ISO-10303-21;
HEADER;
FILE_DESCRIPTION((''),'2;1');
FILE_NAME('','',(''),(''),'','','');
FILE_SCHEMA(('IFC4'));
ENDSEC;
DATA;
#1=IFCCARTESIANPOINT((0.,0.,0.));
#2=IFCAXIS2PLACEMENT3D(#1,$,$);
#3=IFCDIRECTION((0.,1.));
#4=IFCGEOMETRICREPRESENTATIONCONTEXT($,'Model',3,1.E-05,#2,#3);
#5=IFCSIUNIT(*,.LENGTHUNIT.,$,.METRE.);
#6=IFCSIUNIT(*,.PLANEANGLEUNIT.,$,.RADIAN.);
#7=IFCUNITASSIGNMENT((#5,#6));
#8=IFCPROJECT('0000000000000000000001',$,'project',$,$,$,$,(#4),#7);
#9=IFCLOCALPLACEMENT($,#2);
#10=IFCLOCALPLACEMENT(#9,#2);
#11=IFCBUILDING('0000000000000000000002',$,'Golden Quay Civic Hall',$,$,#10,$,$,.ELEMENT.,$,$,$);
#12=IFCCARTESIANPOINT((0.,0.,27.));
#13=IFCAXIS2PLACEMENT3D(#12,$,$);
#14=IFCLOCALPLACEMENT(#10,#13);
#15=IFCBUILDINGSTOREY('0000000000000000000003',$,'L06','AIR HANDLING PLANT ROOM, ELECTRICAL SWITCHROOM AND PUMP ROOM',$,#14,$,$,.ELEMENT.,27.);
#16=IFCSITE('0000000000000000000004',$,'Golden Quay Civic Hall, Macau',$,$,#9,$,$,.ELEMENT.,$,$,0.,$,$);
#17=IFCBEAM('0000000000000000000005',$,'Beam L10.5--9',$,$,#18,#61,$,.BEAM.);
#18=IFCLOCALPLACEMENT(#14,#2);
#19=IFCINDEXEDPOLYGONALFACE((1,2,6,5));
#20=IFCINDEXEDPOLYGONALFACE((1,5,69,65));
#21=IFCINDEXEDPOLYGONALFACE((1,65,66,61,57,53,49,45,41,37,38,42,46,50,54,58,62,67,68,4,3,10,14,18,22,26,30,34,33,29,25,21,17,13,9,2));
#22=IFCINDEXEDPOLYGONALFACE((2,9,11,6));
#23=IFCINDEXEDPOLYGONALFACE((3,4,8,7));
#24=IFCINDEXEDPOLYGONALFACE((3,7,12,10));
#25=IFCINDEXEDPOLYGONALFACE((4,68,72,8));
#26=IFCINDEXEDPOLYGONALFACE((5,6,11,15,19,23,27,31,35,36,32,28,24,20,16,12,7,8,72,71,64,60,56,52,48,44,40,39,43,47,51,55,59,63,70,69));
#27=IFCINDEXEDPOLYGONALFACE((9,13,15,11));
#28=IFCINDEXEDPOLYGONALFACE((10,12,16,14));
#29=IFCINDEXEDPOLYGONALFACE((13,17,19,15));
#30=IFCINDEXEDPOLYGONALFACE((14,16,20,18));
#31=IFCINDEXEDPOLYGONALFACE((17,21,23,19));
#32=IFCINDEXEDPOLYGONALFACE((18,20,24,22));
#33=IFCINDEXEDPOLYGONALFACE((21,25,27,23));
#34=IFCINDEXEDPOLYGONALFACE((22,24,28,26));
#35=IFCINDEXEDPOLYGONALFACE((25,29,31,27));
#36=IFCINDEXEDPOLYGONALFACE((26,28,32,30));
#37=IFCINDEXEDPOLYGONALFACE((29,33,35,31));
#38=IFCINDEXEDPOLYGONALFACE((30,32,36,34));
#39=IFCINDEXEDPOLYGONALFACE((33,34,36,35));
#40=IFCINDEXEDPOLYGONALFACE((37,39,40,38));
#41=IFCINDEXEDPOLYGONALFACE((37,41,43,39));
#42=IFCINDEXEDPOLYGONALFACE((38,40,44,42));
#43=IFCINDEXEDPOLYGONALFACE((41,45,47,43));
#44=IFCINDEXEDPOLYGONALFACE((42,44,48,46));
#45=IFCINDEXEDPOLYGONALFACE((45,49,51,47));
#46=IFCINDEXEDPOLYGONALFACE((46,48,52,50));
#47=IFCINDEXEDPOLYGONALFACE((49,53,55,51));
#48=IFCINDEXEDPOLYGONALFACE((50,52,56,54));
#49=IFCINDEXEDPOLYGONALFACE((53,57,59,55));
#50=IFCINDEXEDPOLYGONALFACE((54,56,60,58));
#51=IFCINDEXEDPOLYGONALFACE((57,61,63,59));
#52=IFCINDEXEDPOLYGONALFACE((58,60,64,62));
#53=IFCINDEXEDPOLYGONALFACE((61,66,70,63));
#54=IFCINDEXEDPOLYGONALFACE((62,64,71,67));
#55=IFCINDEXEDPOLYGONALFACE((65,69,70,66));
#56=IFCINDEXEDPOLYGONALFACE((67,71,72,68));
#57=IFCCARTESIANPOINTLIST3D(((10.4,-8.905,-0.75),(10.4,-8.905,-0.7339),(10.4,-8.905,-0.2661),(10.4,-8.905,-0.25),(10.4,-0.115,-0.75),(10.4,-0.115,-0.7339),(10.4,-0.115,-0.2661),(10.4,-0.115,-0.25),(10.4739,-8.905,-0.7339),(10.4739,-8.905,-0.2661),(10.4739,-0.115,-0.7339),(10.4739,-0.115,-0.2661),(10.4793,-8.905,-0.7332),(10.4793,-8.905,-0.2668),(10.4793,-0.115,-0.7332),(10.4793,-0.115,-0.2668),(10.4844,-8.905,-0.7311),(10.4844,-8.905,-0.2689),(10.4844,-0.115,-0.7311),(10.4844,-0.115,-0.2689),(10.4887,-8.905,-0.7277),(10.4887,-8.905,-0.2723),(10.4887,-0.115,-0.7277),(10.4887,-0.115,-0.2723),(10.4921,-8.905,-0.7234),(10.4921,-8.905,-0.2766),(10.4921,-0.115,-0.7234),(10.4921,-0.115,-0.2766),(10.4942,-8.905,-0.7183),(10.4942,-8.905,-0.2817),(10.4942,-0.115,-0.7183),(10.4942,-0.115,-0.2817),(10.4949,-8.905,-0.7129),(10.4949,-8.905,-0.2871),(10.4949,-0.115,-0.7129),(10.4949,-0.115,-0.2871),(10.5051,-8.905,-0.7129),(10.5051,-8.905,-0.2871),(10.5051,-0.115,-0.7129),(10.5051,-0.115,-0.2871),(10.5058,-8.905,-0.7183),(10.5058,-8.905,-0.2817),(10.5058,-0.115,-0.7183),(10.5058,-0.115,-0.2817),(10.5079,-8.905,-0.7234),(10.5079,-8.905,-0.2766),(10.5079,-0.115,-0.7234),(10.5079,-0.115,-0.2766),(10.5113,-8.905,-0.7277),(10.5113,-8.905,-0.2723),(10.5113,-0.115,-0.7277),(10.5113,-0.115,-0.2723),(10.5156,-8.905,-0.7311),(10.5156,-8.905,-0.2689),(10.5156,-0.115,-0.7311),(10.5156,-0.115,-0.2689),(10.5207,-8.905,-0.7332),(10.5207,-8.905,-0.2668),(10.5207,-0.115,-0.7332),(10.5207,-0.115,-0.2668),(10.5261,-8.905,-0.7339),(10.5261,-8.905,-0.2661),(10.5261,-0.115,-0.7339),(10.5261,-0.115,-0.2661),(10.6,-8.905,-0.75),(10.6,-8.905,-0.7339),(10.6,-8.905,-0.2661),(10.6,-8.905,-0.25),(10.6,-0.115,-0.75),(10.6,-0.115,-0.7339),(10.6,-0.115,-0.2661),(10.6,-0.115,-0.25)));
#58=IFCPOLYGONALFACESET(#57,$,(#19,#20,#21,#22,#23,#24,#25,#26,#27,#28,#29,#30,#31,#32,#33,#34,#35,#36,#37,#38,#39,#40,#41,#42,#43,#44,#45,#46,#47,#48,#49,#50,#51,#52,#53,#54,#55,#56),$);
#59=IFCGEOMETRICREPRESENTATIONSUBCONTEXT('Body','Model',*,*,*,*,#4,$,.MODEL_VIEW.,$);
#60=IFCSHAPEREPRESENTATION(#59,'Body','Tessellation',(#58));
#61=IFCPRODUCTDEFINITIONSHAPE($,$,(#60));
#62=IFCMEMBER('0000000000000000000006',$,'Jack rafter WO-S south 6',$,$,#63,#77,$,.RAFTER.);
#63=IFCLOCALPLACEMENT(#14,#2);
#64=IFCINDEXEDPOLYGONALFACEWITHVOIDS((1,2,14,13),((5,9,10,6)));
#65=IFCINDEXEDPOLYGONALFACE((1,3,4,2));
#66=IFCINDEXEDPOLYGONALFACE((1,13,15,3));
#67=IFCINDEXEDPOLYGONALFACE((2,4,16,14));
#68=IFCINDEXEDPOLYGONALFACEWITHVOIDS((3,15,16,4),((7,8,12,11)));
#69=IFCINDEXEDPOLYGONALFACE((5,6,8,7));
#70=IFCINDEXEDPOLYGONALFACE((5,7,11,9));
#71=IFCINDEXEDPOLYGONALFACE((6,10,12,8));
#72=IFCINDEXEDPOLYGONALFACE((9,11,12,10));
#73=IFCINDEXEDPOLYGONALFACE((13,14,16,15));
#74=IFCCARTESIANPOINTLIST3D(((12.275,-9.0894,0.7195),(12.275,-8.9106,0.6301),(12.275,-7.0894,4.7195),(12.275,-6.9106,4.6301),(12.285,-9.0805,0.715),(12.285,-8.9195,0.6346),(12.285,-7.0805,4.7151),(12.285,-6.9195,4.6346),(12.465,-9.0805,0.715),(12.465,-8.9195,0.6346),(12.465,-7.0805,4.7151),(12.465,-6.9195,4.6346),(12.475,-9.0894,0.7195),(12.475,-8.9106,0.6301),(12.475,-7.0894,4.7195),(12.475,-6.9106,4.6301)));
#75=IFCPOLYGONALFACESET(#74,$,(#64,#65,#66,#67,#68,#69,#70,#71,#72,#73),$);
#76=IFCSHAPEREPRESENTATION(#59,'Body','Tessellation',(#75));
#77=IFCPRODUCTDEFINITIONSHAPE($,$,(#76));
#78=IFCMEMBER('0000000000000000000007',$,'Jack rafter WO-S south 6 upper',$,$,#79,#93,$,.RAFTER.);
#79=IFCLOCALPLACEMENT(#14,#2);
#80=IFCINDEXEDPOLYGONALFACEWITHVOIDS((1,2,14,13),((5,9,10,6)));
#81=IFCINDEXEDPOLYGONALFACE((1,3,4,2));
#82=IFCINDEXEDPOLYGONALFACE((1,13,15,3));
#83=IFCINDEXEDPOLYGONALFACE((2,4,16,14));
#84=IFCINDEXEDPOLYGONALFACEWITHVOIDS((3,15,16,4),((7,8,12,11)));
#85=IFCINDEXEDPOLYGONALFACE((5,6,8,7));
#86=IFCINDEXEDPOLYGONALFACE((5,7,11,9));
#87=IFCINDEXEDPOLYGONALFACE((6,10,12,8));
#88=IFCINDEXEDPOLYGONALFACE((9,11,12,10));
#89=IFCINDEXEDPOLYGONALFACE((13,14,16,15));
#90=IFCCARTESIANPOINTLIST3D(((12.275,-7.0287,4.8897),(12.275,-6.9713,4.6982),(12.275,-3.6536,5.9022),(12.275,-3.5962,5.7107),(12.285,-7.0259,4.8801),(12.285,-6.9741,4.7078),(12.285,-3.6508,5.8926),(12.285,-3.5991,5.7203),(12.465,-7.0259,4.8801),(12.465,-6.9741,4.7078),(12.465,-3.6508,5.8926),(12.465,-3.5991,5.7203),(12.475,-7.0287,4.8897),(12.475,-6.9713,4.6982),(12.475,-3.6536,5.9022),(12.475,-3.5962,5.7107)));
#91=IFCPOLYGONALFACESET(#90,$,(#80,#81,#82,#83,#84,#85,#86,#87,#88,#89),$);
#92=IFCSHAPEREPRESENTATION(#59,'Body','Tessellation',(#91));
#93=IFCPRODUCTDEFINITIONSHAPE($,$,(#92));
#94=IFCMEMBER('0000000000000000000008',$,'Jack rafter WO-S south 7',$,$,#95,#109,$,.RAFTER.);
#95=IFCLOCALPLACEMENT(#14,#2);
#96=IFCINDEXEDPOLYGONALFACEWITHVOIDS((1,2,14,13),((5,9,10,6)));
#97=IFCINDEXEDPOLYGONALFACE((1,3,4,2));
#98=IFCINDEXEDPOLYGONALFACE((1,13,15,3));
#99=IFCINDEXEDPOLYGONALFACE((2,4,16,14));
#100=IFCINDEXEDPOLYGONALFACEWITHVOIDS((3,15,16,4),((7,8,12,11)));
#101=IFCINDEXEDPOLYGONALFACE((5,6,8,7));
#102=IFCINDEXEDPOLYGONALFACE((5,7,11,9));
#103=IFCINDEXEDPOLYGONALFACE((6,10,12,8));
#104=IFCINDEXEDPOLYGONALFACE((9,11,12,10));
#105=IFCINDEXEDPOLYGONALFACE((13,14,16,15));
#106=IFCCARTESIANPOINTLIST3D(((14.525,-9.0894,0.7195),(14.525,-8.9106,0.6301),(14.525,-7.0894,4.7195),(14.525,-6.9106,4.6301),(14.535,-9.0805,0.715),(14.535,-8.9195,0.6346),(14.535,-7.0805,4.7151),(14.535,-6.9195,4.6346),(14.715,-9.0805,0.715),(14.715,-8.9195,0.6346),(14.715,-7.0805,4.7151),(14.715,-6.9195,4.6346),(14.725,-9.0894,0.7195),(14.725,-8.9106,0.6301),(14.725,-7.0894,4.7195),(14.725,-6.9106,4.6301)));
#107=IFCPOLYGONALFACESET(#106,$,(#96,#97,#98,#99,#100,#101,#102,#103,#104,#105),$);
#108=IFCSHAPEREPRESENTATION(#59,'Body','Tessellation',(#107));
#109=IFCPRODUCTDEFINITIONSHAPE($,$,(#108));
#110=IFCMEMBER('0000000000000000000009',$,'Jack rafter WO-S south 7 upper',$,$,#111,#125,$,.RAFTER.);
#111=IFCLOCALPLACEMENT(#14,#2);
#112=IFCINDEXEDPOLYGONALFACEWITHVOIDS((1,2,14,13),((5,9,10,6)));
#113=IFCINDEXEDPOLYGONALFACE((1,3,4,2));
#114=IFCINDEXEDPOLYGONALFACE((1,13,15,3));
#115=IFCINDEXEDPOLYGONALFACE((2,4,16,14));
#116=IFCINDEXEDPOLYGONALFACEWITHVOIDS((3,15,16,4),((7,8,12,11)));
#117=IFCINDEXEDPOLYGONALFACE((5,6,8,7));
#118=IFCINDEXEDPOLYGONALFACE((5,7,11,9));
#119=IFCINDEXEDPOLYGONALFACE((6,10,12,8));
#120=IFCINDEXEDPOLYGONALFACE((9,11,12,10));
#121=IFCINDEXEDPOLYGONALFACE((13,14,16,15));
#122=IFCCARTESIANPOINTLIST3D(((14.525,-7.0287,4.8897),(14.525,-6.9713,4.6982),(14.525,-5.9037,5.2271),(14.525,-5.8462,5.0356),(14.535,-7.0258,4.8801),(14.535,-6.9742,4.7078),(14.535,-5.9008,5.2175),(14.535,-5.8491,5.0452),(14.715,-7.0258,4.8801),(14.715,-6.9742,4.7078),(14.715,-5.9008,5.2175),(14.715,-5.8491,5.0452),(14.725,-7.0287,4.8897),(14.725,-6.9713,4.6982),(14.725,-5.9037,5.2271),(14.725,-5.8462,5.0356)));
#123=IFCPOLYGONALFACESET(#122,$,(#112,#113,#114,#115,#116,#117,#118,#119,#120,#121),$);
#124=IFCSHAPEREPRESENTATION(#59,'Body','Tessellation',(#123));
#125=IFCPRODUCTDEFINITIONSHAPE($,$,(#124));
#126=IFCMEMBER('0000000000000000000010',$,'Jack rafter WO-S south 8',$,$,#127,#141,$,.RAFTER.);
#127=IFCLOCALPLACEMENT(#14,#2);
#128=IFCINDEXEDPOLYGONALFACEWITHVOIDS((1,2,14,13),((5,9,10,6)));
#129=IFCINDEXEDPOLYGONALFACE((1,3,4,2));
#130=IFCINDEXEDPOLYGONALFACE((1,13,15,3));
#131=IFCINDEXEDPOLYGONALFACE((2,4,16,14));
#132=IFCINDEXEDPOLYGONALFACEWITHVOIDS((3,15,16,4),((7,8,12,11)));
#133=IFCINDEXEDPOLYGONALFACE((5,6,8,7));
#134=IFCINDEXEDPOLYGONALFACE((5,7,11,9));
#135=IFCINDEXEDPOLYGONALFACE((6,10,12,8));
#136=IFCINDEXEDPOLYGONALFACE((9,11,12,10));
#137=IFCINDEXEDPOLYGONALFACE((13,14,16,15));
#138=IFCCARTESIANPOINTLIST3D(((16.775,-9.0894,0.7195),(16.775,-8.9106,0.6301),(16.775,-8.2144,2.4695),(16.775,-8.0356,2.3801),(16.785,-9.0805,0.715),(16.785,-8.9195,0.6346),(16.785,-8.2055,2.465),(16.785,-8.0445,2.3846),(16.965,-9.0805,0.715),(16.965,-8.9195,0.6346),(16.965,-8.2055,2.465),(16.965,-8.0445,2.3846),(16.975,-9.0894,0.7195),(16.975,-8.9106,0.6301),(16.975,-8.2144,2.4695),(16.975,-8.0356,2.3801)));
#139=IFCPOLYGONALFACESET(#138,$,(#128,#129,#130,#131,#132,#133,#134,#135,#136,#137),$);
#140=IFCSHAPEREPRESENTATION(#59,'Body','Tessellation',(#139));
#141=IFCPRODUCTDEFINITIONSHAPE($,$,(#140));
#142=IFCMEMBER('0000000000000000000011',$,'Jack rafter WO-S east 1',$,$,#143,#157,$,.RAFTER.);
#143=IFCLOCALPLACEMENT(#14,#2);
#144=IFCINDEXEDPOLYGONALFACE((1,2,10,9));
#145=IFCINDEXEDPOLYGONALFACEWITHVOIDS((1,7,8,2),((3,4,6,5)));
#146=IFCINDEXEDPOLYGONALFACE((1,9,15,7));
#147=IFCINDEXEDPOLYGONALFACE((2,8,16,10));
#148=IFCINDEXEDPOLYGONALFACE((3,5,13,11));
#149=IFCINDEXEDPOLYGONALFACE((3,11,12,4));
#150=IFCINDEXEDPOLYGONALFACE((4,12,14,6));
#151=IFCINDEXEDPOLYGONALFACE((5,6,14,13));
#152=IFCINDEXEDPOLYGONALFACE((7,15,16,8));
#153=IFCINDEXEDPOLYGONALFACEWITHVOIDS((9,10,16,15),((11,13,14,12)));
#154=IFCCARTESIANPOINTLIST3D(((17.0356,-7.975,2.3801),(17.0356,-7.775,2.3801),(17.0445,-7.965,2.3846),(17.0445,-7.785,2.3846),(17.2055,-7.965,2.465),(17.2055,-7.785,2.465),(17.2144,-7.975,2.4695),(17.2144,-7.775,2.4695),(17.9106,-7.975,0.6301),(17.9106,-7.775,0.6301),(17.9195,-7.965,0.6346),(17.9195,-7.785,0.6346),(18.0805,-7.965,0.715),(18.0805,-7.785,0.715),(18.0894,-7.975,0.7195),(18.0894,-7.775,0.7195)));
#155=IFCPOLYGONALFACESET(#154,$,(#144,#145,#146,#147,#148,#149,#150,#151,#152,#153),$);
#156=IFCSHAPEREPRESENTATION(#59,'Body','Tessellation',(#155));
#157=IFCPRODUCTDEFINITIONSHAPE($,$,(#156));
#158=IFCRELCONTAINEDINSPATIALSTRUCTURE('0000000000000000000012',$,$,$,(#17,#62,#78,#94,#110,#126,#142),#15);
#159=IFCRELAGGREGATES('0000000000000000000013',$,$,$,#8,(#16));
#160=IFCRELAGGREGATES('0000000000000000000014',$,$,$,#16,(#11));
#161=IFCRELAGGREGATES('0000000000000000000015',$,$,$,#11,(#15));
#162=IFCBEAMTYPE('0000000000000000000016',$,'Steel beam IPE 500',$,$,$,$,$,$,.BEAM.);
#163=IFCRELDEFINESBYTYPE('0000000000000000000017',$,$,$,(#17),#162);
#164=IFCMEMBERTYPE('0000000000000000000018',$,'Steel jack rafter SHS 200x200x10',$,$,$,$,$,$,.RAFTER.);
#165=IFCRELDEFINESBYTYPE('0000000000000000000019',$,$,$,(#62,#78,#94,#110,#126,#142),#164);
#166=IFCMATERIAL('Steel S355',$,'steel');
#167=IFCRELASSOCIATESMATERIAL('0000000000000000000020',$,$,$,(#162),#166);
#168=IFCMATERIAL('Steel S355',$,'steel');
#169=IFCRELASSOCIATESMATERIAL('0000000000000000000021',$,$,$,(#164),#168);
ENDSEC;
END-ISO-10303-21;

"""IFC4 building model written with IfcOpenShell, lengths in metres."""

from ifc_helpers import new_model, si_unit, direction, frame, origin, origin_2d, place, context, subcontext, project, spatial, hollow_rectangle, i_section, extrude, material, material_profile, profile_set, type_object, element, save


model = new_model("IFC4")

# Units and contexts
model_context = context("Model", 3, precision=1e-05, world=origin(), true_north=direction((0.0, 1.0)))
body_context = subcontext(model_context, "Body", "Model", "MODEL_VIEW")
ifc_project = project(units=[si_unit("LENGTHUNIT", "METRE"), si_unit("PLANEANGLEUNIT", "RADIAN")], contexts=[model_context])

# Site, building, storey
site_placement = place(None, origin())
site = spatial("IfcSite", under=ifc_project, at=site_placement, Name="Golden Quay Civic Hall, Macau", CompositionType="ELEMENT", RefElevation=0.0)
building_placement = place(site_placement, origin())
building = spatial("IfcBuilding", under=site, at=building_placement, Name="Golden Quay Civic Hall", CompositionType="ELEMENT")
storey_placement = place(building_placement, frame((0.0, 0.0, 27.0)))
storey = spatial("IfcBuildingStorey", under=building, at=storey_placement, Name="L06", Description="AIR HANDLING PLANT ROOM, ELECTRICAL SWITCHROOM AND PUMP ROOM", CompositionType="ELEMENT", Elevation=27.0)

# Beam
ifc_material_1 = material(Name="Steel S355", Category="steel")
ifc_material_profile_1 = material_profile(ifc_material_1, i_section(OverallWidth=0.2, OverallDepth=0.5, WebThickness=0.0103, FlangeThickness=0.0161, FilletRadius=0.021, at=origin_2d()), Name="IPE 500")
ifc_profile_set_1 = profile_set([ifc_material_profile_1], Name="Steel S355")
beam_type_1 = type_object("IfcBeamType", Name="Steel beam IPE 500", PredefinedType="BEAM", material=ifc_profile_set_1)
beam_1_placement = place(storey_placement, frame((10.5, -8.905, -0.5), z_axis=(0.0, 1.0, 0.0), x_axis=(-1.0, 0.0, 0.0)))
element("IfcBeam", 1, at=beam_1_placement, inside=storey, type_object=beam_type_1, Name="Beam L10.5--9", PredefinedType="BEAM", context=body_context, shape_type="SweptSolid", body=[
    extrude(i_section(OverallWidth=0.2, OverallDepth=0.5, WebThickness=0.0103, FlangeThickness=0.0161, FilletRadius=0.021, at=origin_2d()), origin(), (0.0, 0.0, 1.0), 8.79),
])

# Members
ifc_material_2 = material(Name="Steel S355", Category="steel")
ifc_material_profile_2 = material_profile(ifc_material_2, hollow_rectangle(XDim=0.2, YDim=0.2, WallThickness=0.01, at=origin_2d()), Name="SHS 200x200x10")
ifc_profile_set_2 = profile_set([ifc_material_profile_2], Name="Steel S355")
member_type_1 = type_object("IfcMemberType", Name="Steel jack rafter SHS 200x200x10", PredefinedType="RAFTER", material=ifc_profile_set_2)
member_1_placement = place(storey_placement, frame((12.375, -9.0, 0.6748), z_axis=(0.0, 0.447214, 0.894427), x_axis=(-1.0, 0.0, 0.0)))
element("IfcMember", 2, at=member_1_placement, inside=storey, type_object=member_type_1, Name="Jack rafter WO-S south 6", PredefinedType="RAFTER", context=body_context, shape_type="SweptSolid", body=[
    extrude(hollow_rectangle(XDim=0.2, YDim=0.2, WallThickness=0.01, at=origin_2d()), origin(), (0.0, 0.0, 1.0), 4.4722),
])
member_2_placement = place(storey_placement, frame((12.375, -7.0, 4.7939), z_axis=(0.0, 0.95783, 0.287335), x_axis=(-1.0, 0.0, 0.0)))
element("IfcMember", 3, at=member_2_placement, inside=storey, type_object=member_type_1, Name="Jack rafter WO-S south 6 upper", PredefinedType="RAFTER", context=body_context, shape_type="SweptSolid", body=[
    extrude(hollow_rectangle(XDim=0.2, YDim=0.2, WallThickness=0.01, at=origin_2d()), origin(), (0.0, 0.0, 1.0), 3.5237),
])
member_3_placement = place(storey_placement, frame((14.625, -9.0, 0.6748), z_axis=(0.0, 0.447214, 0.894427), x_axis=(-1.0, 0.0, 0.0)))
element("IfcMember", 4, at=member_3_placement, inside=storey, type_object=member_type_1, Name="Jack rafter WO-S south 7", PredefinedType="RAFTER", context=body_context, shape_type="SweptSolid", body=[
    extrude(hollow_rectangle(XDim=0.2, YDim=0.2, WallThickness=0.01, at=origin_2d()), origin(), (0.0, 0.0, 1.0), 4.4722),
])
member_4_placement = place(storey_placement, frame((14.625, -7.0, 4.7939), z_axis=(0.0, 0.957849, 0.287272), x_axis=(-1.0, 0.0, 0.0)))
element("IfcMember", 5, at=member_4_placement, inside=storey, type_object=member_type_1, Name="Jack rafter WO-S south 7 upper", PredefinedType="RAFTER", context=body_context, shape_type="SweptSolid", body=[
    extrude(hollow_rectangle(XDim=0.2, YDim=0.2, WallThickness=0.01, at=origin_2d()), origin(), (0.0, 0.0, 1.0), 1.1746),
])
for number, where, z_axis, x_axis, name in (
    (6, (16.875, -9.0, 0.6748), (0.0, 0.447214, 0.894427), (-1.0, 0.0, 0.0), "Jack rafter WO-S south 8"),
    (7, (18.0, -7.875, 0.6748), (-0.447214, 0.0, 0.894427), (0.0, -1.0, 0.0), "Jack rafter WO-S east 1"),
):
    element("IfcMember", number, at=place(storey_placement, frame(where, z_axis=z_axis, x_axis=x_axis)), inside=storey, type_object=member_type_1, Name=name, PredefinedType="RAFTER", context=body_context, shape_type="SweptSolid", body=[
        extrude(hollow_rectangle(XDim=0.2, YDim=0.2, WallThickness=0.01, at=origin_2d()), origin(), (0.0, 0.0, 1.0), 1.9565),
    ])

save(model, "model.ifc")
